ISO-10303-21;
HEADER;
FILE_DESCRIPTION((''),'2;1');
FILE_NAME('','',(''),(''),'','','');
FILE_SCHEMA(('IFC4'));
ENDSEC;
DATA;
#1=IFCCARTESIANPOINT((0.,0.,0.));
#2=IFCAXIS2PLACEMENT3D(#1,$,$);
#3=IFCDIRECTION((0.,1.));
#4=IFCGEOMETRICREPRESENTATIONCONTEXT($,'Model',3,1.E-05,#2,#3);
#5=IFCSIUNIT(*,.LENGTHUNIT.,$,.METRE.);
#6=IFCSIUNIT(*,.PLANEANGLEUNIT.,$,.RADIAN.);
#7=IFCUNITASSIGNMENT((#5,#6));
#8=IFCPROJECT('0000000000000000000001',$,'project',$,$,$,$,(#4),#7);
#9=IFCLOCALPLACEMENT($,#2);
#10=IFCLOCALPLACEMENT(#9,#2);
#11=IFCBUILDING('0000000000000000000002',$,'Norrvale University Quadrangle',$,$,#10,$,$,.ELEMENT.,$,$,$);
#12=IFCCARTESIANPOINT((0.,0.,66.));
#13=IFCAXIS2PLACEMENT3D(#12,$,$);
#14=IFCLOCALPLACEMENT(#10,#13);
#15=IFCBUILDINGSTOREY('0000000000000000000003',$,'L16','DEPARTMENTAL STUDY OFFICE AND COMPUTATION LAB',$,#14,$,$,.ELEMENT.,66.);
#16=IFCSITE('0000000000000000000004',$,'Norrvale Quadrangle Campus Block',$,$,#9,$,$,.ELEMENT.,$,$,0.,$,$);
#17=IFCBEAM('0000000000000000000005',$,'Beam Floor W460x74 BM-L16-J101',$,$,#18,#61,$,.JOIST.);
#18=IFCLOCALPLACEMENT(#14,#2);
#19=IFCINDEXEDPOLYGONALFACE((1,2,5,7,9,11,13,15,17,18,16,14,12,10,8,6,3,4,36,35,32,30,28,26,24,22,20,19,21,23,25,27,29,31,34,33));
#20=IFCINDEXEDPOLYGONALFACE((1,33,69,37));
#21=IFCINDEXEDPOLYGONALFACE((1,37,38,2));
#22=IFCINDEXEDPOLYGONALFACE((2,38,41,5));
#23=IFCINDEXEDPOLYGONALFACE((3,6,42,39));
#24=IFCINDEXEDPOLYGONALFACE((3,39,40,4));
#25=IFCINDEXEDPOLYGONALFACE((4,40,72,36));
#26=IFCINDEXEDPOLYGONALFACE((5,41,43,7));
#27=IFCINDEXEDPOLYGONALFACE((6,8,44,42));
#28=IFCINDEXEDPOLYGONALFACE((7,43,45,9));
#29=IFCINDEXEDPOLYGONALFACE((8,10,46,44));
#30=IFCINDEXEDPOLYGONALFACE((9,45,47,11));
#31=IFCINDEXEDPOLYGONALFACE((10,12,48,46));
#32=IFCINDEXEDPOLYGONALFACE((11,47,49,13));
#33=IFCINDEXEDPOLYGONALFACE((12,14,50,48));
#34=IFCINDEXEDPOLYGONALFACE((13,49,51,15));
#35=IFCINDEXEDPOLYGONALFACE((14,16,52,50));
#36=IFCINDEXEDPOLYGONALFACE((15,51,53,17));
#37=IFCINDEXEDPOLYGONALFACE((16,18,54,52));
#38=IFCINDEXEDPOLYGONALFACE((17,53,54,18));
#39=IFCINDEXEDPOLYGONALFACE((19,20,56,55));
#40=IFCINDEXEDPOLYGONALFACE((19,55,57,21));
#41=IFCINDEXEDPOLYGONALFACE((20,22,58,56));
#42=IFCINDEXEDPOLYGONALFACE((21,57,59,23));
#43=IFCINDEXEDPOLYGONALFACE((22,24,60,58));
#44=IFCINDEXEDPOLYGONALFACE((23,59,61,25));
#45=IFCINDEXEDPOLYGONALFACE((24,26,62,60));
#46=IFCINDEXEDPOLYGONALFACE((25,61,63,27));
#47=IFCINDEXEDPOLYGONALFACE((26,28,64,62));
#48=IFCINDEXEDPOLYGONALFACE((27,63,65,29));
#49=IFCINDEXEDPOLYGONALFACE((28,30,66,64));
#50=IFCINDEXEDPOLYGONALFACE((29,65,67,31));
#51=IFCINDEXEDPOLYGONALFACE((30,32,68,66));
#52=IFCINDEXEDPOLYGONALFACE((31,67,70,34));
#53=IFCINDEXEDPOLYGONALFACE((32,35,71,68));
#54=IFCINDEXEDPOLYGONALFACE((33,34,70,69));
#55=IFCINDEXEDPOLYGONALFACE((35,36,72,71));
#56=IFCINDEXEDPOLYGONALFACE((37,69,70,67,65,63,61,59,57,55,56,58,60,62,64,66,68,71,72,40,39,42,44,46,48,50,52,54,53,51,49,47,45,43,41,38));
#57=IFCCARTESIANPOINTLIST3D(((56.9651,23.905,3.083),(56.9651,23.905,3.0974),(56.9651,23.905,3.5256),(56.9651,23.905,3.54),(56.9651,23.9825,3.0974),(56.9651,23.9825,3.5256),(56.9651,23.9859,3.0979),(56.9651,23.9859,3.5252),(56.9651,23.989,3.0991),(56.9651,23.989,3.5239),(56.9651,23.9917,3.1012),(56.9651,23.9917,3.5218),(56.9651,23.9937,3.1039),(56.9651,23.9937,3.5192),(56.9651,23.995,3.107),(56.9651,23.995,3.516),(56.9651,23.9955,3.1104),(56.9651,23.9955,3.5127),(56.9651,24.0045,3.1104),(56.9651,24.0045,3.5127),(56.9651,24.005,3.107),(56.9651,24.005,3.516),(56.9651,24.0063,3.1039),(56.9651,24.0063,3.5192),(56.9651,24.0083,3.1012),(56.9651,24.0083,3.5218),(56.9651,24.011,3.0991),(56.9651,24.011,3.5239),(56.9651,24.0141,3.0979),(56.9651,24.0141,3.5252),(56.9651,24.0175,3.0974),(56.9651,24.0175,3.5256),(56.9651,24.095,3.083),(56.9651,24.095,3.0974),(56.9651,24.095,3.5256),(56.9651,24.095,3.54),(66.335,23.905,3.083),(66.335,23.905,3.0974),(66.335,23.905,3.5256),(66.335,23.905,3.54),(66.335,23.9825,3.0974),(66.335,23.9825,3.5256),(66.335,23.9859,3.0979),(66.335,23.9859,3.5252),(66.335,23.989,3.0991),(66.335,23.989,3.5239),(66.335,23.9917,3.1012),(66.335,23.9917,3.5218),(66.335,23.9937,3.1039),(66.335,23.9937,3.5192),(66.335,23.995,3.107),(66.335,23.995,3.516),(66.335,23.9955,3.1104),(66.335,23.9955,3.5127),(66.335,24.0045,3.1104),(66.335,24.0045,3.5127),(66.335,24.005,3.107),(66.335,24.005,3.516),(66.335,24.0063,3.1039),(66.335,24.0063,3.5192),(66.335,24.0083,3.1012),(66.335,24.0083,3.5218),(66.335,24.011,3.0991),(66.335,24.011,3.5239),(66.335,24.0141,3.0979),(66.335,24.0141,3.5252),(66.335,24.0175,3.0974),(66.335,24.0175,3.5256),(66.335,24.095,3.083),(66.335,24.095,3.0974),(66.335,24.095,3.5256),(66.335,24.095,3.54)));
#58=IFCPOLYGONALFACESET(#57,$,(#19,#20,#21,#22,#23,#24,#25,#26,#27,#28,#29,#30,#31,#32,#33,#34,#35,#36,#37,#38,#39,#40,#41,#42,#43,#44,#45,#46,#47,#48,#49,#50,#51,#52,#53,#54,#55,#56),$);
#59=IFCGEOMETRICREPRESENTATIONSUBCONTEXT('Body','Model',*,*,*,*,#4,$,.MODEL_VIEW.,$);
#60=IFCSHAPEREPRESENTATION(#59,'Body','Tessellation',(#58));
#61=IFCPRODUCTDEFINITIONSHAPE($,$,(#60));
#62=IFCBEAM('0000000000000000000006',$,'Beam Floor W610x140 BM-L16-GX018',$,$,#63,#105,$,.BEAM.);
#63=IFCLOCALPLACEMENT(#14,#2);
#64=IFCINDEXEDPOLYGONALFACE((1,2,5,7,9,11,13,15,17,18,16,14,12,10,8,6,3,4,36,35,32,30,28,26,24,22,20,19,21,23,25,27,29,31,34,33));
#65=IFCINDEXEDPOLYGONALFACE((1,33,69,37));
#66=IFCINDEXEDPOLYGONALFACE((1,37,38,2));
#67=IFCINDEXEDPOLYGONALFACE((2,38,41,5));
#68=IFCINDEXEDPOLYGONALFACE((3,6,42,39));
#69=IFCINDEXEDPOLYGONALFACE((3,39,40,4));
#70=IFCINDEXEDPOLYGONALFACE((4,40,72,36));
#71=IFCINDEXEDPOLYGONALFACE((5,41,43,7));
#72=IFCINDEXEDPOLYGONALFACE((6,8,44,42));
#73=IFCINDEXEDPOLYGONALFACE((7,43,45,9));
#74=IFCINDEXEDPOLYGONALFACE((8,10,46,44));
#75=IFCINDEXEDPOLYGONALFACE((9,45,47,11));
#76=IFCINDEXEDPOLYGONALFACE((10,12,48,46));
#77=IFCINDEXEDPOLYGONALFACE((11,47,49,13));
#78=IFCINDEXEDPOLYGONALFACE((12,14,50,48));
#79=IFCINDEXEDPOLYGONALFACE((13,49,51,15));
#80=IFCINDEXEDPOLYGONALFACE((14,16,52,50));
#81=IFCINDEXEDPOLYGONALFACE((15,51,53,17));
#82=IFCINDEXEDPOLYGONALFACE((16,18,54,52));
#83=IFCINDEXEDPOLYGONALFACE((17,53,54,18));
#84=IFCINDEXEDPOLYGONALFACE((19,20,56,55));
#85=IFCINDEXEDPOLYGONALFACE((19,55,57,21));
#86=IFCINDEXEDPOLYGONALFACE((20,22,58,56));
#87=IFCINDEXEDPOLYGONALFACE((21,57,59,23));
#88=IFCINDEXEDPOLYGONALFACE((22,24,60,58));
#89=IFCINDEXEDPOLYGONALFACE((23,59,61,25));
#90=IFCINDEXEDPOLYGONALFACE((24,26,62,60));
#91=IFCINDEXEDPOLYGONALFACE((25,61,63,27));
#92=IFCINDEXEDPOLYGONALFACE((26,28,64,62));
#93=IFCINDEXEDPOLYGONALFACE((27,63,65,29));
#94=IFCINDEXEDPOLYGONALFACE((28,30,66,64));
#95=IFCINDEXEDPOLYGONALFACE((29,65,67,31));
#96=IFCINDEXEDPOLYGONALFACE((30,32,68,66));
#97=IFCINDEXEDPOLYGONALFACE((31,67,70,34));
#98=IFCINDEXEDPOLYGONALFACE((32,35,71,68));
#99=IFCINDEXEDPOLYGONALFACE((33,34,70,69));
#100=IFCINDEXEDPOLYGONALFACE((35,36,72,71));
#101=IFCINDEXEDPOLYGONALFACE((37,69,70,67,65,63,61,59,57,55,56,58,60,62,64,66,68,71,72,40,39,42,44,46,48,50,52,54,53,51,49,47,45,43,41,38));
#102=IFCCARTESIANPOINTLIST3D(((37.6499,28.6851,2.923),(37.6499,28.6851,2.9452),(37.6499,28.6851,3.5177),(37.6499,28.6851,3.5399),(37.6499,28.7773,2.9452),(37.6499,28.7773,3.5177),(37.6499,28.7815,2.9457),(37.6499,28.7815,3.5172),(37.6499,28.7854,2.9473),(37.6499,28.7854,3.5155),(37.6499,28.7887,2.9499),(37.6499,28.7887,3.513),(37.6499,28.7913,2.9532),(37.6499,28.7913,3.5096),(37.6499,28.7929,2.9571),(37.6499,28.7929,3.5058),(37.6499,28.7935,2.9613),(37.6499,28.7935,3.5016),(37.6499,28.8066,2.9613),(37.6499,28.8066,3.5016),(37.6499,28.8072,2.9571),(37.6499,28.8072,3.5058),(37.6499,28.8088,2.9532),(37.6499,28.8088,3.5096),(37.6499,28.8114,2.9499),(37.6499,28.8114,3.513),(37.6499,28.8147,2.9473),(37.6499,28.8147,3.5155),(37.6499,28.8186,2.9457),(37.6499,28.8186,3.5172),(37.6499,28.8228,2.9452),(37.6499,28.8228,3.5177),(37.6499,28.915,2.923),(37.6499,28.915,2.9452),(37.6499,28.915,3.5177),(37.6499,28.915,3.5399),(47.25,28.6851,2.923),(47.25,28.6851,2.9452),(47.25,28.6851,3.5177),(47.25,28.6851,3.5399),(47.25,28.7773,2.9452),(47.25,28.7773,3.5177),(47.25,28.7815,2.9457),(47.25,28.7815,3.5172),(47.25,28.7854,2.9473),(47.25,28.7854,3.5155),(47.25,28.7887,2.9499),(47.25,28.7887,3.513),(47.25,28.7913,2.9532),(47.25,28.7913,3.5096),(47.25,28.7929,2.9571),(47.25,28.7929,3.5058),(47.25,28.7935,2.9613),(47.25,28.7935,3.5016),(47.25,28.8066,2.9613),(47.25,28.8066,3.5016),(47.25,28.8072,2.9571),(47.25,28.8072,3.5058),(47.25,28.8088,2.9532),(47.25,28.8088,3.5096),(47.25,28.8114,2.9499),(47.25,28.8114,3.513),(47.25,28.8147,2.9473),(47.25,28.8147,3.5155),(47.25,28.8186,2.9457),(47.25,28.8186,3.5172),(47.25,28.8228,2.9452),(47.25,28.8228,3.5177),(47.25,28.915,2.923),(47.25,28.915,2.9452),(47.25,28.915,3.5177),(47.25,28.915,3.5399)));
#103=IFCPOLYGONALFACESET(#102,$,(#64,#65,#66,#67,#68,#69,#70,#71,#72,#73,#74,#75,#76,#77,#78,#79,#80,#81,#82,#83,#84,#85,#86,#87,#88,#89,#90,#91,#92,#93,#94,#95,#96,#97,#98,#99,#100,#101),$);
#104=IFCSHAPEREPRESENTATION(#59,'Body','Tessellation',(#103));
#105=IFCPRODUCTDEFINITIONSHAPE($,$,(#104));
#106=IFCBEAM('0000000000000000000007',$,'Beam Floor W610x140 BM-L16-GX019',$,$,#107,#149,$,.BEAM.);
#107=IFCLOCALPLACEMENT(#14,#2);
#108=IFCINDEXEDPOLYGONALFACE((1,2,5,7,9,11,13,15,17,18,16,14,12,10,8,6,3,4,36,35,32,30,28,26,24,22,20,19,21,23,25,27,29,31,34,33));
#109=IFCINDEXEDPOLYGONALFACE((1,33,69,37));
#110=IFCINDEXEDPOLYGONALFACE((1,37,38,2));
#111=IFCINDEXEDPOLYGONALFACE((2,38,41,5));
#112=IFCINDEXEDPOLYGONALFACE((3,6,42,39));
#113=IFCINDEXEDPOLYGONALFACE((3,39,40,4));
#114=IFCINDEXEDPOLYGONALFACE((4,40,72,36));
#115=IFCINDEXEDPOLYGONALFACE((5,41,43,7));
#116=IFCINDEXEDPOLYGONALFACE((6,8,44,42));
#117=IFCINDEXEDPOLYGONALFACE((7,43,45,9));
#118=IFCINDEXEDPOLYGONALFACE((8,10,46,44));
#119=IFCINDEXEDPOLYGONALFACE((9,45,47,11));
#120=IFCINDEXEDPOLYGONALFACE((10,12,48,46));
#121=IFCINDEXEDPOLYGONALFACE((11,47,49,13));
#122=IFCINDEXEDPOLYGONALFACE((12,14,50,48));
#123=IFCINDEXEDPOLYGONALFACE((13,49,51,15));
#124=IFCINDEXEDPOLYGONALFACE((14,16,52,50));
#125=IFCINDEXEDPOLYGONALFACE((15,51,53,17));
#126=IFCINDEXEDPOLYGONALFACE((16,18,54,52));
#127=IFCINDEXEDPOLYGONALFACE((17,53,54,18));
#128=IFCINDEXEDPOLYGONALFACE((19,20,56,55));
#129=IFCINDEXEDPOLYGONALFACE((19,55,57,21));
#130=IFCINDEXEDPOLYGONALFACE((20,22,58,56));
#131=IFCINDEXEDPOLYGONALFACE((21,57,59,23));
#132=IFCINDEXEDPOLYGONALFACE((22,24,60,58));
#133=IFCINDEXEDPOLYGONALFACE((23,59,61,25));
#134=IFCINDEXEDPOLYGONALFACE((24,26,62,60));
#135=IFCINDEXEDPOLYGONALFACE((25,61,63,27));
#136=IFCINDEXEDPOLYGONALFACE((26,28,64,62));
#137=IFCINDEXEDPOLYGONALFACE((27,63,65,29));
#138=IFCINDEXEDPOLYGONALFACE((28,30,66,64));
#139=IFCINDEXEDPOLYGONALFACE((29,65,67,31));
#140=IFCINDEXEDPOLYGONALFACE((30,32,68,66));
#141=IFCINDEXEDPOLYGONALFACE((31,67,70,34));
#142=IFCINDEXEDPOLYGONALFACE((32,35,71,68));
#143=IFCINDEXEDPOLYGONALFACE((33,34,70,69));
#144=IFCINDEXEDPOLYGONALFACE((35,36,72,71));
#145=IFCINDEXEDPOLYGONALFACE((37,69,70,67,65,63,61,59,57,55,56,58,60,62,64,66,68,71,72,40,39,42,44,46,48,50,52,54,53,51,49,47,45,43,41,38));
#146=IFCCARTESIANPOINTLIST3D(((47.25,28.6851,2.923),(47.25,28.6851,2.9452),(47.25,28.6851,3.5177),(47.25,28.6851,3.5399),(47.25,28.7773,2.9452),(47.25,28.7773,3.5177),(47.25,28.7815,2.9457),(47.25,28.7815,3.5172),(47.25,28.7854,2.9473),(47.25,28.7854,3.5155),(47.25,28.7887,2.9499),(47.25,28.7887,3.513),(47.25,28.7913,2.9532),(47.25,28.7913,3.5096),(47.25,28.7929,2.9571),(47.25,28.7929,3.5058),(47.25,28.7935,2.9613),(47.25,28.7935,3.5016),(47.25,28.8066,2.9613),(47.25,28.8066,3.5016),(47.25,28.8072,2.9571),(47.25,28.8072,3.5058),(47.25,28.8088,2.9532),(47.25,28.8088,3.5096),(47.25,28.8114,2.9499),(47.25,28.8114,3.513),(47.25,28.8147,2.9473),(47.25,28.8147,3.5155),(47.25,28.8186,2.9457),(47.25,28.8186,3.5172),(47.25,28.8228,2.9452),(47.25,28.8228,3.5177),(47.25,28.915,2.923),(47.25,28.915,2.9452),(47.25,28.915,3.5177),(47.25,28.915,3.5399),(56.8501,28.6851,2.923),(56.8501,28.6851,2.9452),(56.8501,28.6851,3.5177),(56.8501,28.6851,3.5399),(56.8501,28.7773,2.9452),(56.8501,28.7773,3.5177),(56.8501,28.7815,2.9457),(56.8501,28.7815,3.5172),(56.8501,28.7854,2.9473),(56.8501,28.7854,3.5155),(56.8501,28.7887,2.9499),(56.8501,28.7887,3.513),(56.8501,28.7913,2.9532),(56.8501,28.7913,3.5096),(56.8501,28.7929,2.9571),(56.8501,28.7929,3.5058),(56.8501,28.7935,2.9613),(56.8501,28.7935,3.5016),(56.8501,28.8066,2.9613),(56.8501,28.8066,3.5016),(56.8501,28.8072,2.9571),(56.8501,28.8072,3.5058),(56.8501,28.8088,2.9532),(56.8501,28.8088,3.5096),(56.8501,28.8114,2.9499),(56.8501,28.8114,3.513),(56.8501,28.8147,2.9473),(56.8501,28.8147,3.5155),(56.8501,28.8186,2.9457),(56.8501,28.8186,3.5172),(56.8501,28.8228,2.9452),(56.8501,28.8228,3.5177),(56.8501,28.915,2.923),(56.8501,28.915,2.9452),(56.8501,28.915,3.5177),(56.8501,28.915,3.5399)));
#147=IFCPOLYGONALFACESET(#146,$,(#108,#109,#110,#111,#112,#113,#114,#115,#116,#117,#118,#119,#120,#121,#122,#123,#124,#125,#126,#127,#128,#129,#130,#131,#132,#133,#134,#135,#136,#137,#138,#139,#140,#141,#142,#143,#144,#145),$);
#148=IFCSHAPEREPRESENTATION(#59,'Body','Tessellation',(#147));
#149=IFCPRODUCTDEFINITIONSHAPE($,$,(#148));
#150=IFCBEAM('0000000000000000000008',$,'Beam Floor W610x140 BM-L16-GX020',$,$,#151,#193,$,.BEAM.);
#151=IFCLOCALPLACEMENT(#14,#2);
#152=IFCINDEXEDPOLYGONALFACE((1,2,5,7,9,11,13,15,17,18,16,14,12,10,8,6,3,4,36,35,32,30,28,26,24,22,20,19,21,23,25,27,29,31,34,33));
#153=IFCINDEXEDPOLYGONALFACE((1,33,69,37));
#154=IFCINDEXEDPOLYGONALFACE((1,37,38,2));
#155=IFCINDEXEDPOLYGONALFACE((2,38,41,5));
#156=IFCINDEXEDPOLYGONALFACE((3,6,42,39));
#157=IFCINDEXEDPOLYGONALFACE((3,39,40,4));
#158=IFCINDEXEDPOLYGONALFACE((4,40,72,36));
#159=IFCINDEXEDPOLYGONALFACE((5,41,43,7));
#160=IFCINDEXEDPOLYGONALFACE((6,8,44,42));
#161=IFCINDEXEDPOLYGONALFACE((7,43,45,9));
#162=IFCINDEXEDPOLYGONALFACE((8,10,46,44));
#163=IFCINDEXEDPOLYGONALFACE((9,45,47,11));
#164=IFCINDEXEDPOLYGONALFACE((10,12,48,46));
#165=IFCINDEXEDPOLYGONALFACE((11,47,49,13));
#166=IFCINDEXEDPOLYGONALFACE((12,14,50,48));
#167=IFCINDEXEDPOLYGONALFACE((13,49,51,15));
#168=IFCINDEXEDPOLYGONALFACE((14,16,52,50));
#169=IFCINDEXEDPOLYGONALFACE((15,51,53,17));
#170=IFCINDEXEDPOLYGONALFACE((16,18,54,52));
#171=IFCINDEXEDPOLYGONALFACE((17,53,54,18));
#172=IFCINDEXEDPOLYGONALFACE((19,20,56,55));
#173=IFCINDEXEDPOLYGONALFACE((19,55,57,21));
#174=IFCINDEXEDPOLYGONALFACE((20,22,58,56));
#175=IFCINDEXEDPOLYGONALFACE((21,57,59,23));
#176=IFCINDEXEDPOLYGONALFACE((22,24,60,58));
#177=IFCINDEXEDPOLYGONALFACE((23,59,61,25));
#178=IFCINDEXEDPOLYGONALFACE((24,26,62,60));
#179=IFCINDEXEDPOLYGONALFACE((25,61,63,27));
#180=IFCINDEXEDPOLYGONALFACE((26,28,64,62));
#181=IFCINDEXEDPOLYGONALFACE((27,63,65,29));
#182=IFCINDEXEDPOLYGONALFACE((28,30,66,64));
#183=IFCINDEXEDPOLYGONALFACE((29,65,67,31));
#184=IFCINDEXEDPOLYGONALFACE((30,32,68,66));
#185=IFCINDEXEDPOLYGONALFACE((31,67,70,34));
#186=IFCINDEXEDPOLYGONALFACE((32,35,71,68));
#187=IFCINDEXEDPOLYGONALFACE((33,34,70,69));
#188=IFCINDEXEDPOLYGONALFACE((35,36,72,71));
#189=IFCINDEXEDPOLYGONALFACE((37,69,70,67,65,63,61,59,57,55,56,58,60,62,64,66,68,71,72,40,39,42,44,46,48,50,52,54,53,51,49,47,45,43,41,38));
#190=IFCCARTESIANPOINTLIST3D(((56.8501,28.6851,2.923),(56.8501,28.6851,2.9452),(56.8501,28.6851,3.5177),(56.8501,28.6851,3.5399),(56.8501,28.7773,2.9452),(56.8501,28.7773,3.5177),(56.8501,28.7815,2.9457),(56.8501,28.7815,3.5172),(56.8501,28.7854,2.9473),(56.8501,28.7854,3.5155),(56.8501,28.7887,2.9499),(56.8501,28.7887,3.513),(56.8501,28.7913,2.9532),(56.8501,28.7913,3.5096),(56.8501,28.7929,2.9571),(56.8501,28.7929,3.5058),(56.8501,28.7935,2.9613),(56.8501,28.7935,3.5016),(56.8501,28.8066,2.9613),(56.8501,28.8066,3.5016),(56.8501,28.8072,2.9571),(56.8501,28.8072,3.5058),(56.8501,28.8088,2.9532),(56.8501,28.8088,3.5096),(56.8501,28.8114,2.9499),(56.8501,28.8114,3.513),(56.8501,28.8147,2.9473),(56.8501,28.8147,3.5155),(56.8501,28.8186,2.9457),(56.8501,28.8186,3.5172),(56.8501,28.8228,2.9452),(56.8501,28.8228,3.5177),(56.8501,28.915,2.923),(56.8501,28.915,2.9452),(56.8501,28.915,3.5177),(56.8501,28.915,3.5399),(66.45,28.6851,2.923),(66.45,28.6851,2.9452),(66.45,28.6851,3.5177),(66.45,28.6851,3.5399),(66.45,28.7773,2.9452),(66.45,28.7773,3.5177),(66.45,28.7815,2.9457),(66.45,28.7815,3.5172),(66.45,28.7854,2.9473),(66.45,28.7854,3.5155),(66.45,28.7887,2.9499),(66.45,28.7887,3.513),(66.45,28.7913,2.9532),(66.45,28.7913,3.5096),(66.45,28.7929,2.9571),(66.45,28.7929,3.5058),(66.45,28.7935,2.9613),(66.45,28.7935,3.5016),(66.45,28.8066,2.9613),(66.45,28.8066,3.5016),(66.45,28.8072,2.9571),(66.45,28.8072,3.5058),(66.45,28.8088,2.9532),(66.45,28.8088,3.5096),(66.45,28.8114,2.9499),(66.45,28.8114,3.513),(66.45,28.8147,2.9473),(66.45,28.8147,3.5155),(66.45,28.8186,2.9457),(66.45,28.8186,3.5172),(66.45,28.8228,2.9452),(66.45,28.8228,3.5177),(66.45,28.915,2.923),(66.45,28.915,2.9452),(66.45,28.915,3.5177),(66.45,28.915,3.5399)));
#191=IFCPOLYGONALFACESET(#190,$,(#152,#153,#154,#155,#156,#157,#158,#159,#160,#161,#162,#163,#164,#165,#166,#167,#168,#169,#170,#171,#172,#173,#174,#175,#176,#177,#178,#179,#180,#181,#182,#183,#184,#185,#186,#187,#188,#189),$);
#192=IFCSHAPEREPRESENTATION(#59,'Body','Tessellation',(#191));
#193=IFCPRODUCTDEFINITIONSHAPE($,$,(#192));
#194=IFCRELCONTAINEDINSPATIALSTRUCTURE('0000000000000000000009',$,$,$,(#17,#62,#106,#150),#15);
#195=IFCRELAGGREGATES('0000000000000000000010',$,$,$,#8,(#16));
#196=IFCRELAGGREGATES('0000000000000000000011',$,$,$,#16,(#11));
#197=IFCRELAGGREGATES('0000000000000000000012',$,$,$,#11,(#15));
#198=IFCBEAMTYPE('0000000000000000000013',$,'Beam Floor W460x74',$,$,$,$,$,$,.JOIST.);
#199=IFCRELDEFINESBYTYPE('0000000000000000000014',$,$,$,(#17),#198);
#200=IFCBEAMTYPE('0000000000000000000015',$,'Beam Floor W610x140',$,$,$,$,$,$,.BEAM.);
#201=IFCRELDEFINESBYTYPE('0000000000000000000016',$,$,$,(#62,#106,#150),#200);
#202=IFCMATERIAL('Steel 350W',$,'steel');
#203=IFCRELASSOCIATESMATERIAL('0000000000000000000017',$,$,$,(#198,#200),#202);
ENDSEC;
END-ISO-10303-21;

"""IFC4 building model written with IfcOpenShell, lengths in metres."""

from ifc_helpers import new_model, si_unit, direction, frame, origin, origin_2d, place, context, subcontext, project, spatial, i_section, extrude, material, material_profile, profile_set, type_object, element, save


model = new_model("IFC4")

# Units and contexts
model_context = context("Model", 3, precision=1e-05, world=origin(), true_north=direction((0.0, 1.0)))
body_context = subcontext(model_context, "Body", "Model", "MODEL_VIEW")
ifc_project = project(units=[si_unit("LENGTHUNIT", "METRE"), si_unit("PLANEANGLEUNIT", "RADIAN")], contexts=[model_context])

# Site, building, storey
site_placement = place(None, origin())
site = spatial("IfcSite", under=ifc_project, at=site_placement, Name="Norrvale Quadrangle Campus Block", CompositionType="ELEMENT", RefElevation=0.0)
building_placement = place(site_placement, origin())
building = spatial("IfcBuilding", under=site, at=building_placement, Name="Norrvale University Quadrangle", CompositionType="ELEMENT")
storey_placement = place(building_placement, frame((0.0, 0.0, 66.0)))
storey = spatial("IfcBuildingStorey", under=building, at=storey_placement, Name="L16", Description="DEPARTMENTAL STUDY OFFICE AND COMPUTATION LAB", CompositionType="ELEMENT", Elevation=66.0)

# Beams
ifc_material_1 = material(Name="Steel 350W", Category="steel")
ifc_material_profile_1 = material_profile(ifc_material_1, i_section(OverallWidth=0.1899, OverallDepth=0.457, WebThickness=0.009, FlangeThickness=0.0144, FilletRadius=0.0129, at=origin_2d()), Name="Steel 350W")
ifc_profile_set_1 = profile_set([ifc_material_profile_1], Name="Steel 350W")
beam_type_1 = type_object("IfcBeamType", Name="Beam Floor W460x74", PredefinedType="JOIST", material=ifc_profile_set_1)
beam_1_placement = place(storey_placement, frame((56.9651, 24.0, 3.3115), z_axis=(1.0, 0.0, 0.0), x_axis=(0.0, 1.0, 0.0)))
element("IfcBeam", 1, at=beam_1_placement, inside=storey, type_object=beam_type_1, Name="Beam Floor W460x74 BM-L16-J101", PredefinedType="JOIST", context=body_context, shape_type="SweptSolid", body=[
    extrude(i_section(OverallWidth=0.1899, OverallDepth=0.457, WebThickness=0.009, FlangeThickness=0.0144, FilletRadius=0.0129, at=origin_2d()), origin(), (0.0, 0.0, 1.0), 9.3699),
])
ifc_material_profile_2 = material_profile(ifc_material_1, i_section(OverallWidth=0.23, OverallDepth=0.6169, WebThickness=0.0132, FlangeThickness=0.0222, FilletRadius=0.0161, at=origin_2d()), Name="Steel 350W")
ifc_profile_set_2 = profile_set([ifc_material_profile_2], Name="Steel 350W")
beam_type_2 = type_object("IfcBeamType", Name="Beam Floor W610x140", PredefinedType="BEAM", material=ifc_profile_set_2)
for number, where, z_axis, x_axis, name in (
    (2, (37.6499, 28.8, 3.2314), (1.0, 0.0, 0.0), (0.0, 1.0, 0.0), "Beam Floor W610x140 BM-L16-GX018"),
    (3, (47.25, 28.8, 3.2314), (1.0, 0.0, 0.0), (0.0, 1.0, 0.0), "Beam Floor W610x140 BM-L16-GX019"),
):
    element("IfcBeam", number, at=place(storey_placement, frame(where, z_axis=z_axis, x_axis=x_axis)), inside=storey, type_object=beam_type_2, Name=name, PredefinedType="BEAM", context=body_context, shape_type="SweptSolid", body=[
        extrude(i_section(OverallWidth=0.23, OverallDepth=0.6169, WebThickness=0.0132, FlangeThickness=0.0222, FilletRadius=0.0161, at=origin_2d()), origin(), (0.0, 0.0, 1.0), 9.6001),
    ])
beam_2_placement = place(storey_placement, frame((56.8501, 28.8, 3.2314), z_axis=(1.0, 0.0, 0.0), x_axis=(0.0, 1.0, 0.0)))
element("IfcBeam", 4, at=beam_2_placement, inside=storey, type_object=beam_type_2, Name="Beam Floor W610x140 BM-L16-GX020", PredefinedType="BEAM", context=body_context, shape_type="SweptSolid", body=[
    extrude(i_section(OverallWidth=0.23, OverallDepth=0.6169, WebThickness=0.0132, FlangeThickness=0.0222, FilletRadius=0.0161, at=origin_2d()), origin(), (0.0, 0.0, 1.0), 9.5999),
])

save(model, "model.ifc")
